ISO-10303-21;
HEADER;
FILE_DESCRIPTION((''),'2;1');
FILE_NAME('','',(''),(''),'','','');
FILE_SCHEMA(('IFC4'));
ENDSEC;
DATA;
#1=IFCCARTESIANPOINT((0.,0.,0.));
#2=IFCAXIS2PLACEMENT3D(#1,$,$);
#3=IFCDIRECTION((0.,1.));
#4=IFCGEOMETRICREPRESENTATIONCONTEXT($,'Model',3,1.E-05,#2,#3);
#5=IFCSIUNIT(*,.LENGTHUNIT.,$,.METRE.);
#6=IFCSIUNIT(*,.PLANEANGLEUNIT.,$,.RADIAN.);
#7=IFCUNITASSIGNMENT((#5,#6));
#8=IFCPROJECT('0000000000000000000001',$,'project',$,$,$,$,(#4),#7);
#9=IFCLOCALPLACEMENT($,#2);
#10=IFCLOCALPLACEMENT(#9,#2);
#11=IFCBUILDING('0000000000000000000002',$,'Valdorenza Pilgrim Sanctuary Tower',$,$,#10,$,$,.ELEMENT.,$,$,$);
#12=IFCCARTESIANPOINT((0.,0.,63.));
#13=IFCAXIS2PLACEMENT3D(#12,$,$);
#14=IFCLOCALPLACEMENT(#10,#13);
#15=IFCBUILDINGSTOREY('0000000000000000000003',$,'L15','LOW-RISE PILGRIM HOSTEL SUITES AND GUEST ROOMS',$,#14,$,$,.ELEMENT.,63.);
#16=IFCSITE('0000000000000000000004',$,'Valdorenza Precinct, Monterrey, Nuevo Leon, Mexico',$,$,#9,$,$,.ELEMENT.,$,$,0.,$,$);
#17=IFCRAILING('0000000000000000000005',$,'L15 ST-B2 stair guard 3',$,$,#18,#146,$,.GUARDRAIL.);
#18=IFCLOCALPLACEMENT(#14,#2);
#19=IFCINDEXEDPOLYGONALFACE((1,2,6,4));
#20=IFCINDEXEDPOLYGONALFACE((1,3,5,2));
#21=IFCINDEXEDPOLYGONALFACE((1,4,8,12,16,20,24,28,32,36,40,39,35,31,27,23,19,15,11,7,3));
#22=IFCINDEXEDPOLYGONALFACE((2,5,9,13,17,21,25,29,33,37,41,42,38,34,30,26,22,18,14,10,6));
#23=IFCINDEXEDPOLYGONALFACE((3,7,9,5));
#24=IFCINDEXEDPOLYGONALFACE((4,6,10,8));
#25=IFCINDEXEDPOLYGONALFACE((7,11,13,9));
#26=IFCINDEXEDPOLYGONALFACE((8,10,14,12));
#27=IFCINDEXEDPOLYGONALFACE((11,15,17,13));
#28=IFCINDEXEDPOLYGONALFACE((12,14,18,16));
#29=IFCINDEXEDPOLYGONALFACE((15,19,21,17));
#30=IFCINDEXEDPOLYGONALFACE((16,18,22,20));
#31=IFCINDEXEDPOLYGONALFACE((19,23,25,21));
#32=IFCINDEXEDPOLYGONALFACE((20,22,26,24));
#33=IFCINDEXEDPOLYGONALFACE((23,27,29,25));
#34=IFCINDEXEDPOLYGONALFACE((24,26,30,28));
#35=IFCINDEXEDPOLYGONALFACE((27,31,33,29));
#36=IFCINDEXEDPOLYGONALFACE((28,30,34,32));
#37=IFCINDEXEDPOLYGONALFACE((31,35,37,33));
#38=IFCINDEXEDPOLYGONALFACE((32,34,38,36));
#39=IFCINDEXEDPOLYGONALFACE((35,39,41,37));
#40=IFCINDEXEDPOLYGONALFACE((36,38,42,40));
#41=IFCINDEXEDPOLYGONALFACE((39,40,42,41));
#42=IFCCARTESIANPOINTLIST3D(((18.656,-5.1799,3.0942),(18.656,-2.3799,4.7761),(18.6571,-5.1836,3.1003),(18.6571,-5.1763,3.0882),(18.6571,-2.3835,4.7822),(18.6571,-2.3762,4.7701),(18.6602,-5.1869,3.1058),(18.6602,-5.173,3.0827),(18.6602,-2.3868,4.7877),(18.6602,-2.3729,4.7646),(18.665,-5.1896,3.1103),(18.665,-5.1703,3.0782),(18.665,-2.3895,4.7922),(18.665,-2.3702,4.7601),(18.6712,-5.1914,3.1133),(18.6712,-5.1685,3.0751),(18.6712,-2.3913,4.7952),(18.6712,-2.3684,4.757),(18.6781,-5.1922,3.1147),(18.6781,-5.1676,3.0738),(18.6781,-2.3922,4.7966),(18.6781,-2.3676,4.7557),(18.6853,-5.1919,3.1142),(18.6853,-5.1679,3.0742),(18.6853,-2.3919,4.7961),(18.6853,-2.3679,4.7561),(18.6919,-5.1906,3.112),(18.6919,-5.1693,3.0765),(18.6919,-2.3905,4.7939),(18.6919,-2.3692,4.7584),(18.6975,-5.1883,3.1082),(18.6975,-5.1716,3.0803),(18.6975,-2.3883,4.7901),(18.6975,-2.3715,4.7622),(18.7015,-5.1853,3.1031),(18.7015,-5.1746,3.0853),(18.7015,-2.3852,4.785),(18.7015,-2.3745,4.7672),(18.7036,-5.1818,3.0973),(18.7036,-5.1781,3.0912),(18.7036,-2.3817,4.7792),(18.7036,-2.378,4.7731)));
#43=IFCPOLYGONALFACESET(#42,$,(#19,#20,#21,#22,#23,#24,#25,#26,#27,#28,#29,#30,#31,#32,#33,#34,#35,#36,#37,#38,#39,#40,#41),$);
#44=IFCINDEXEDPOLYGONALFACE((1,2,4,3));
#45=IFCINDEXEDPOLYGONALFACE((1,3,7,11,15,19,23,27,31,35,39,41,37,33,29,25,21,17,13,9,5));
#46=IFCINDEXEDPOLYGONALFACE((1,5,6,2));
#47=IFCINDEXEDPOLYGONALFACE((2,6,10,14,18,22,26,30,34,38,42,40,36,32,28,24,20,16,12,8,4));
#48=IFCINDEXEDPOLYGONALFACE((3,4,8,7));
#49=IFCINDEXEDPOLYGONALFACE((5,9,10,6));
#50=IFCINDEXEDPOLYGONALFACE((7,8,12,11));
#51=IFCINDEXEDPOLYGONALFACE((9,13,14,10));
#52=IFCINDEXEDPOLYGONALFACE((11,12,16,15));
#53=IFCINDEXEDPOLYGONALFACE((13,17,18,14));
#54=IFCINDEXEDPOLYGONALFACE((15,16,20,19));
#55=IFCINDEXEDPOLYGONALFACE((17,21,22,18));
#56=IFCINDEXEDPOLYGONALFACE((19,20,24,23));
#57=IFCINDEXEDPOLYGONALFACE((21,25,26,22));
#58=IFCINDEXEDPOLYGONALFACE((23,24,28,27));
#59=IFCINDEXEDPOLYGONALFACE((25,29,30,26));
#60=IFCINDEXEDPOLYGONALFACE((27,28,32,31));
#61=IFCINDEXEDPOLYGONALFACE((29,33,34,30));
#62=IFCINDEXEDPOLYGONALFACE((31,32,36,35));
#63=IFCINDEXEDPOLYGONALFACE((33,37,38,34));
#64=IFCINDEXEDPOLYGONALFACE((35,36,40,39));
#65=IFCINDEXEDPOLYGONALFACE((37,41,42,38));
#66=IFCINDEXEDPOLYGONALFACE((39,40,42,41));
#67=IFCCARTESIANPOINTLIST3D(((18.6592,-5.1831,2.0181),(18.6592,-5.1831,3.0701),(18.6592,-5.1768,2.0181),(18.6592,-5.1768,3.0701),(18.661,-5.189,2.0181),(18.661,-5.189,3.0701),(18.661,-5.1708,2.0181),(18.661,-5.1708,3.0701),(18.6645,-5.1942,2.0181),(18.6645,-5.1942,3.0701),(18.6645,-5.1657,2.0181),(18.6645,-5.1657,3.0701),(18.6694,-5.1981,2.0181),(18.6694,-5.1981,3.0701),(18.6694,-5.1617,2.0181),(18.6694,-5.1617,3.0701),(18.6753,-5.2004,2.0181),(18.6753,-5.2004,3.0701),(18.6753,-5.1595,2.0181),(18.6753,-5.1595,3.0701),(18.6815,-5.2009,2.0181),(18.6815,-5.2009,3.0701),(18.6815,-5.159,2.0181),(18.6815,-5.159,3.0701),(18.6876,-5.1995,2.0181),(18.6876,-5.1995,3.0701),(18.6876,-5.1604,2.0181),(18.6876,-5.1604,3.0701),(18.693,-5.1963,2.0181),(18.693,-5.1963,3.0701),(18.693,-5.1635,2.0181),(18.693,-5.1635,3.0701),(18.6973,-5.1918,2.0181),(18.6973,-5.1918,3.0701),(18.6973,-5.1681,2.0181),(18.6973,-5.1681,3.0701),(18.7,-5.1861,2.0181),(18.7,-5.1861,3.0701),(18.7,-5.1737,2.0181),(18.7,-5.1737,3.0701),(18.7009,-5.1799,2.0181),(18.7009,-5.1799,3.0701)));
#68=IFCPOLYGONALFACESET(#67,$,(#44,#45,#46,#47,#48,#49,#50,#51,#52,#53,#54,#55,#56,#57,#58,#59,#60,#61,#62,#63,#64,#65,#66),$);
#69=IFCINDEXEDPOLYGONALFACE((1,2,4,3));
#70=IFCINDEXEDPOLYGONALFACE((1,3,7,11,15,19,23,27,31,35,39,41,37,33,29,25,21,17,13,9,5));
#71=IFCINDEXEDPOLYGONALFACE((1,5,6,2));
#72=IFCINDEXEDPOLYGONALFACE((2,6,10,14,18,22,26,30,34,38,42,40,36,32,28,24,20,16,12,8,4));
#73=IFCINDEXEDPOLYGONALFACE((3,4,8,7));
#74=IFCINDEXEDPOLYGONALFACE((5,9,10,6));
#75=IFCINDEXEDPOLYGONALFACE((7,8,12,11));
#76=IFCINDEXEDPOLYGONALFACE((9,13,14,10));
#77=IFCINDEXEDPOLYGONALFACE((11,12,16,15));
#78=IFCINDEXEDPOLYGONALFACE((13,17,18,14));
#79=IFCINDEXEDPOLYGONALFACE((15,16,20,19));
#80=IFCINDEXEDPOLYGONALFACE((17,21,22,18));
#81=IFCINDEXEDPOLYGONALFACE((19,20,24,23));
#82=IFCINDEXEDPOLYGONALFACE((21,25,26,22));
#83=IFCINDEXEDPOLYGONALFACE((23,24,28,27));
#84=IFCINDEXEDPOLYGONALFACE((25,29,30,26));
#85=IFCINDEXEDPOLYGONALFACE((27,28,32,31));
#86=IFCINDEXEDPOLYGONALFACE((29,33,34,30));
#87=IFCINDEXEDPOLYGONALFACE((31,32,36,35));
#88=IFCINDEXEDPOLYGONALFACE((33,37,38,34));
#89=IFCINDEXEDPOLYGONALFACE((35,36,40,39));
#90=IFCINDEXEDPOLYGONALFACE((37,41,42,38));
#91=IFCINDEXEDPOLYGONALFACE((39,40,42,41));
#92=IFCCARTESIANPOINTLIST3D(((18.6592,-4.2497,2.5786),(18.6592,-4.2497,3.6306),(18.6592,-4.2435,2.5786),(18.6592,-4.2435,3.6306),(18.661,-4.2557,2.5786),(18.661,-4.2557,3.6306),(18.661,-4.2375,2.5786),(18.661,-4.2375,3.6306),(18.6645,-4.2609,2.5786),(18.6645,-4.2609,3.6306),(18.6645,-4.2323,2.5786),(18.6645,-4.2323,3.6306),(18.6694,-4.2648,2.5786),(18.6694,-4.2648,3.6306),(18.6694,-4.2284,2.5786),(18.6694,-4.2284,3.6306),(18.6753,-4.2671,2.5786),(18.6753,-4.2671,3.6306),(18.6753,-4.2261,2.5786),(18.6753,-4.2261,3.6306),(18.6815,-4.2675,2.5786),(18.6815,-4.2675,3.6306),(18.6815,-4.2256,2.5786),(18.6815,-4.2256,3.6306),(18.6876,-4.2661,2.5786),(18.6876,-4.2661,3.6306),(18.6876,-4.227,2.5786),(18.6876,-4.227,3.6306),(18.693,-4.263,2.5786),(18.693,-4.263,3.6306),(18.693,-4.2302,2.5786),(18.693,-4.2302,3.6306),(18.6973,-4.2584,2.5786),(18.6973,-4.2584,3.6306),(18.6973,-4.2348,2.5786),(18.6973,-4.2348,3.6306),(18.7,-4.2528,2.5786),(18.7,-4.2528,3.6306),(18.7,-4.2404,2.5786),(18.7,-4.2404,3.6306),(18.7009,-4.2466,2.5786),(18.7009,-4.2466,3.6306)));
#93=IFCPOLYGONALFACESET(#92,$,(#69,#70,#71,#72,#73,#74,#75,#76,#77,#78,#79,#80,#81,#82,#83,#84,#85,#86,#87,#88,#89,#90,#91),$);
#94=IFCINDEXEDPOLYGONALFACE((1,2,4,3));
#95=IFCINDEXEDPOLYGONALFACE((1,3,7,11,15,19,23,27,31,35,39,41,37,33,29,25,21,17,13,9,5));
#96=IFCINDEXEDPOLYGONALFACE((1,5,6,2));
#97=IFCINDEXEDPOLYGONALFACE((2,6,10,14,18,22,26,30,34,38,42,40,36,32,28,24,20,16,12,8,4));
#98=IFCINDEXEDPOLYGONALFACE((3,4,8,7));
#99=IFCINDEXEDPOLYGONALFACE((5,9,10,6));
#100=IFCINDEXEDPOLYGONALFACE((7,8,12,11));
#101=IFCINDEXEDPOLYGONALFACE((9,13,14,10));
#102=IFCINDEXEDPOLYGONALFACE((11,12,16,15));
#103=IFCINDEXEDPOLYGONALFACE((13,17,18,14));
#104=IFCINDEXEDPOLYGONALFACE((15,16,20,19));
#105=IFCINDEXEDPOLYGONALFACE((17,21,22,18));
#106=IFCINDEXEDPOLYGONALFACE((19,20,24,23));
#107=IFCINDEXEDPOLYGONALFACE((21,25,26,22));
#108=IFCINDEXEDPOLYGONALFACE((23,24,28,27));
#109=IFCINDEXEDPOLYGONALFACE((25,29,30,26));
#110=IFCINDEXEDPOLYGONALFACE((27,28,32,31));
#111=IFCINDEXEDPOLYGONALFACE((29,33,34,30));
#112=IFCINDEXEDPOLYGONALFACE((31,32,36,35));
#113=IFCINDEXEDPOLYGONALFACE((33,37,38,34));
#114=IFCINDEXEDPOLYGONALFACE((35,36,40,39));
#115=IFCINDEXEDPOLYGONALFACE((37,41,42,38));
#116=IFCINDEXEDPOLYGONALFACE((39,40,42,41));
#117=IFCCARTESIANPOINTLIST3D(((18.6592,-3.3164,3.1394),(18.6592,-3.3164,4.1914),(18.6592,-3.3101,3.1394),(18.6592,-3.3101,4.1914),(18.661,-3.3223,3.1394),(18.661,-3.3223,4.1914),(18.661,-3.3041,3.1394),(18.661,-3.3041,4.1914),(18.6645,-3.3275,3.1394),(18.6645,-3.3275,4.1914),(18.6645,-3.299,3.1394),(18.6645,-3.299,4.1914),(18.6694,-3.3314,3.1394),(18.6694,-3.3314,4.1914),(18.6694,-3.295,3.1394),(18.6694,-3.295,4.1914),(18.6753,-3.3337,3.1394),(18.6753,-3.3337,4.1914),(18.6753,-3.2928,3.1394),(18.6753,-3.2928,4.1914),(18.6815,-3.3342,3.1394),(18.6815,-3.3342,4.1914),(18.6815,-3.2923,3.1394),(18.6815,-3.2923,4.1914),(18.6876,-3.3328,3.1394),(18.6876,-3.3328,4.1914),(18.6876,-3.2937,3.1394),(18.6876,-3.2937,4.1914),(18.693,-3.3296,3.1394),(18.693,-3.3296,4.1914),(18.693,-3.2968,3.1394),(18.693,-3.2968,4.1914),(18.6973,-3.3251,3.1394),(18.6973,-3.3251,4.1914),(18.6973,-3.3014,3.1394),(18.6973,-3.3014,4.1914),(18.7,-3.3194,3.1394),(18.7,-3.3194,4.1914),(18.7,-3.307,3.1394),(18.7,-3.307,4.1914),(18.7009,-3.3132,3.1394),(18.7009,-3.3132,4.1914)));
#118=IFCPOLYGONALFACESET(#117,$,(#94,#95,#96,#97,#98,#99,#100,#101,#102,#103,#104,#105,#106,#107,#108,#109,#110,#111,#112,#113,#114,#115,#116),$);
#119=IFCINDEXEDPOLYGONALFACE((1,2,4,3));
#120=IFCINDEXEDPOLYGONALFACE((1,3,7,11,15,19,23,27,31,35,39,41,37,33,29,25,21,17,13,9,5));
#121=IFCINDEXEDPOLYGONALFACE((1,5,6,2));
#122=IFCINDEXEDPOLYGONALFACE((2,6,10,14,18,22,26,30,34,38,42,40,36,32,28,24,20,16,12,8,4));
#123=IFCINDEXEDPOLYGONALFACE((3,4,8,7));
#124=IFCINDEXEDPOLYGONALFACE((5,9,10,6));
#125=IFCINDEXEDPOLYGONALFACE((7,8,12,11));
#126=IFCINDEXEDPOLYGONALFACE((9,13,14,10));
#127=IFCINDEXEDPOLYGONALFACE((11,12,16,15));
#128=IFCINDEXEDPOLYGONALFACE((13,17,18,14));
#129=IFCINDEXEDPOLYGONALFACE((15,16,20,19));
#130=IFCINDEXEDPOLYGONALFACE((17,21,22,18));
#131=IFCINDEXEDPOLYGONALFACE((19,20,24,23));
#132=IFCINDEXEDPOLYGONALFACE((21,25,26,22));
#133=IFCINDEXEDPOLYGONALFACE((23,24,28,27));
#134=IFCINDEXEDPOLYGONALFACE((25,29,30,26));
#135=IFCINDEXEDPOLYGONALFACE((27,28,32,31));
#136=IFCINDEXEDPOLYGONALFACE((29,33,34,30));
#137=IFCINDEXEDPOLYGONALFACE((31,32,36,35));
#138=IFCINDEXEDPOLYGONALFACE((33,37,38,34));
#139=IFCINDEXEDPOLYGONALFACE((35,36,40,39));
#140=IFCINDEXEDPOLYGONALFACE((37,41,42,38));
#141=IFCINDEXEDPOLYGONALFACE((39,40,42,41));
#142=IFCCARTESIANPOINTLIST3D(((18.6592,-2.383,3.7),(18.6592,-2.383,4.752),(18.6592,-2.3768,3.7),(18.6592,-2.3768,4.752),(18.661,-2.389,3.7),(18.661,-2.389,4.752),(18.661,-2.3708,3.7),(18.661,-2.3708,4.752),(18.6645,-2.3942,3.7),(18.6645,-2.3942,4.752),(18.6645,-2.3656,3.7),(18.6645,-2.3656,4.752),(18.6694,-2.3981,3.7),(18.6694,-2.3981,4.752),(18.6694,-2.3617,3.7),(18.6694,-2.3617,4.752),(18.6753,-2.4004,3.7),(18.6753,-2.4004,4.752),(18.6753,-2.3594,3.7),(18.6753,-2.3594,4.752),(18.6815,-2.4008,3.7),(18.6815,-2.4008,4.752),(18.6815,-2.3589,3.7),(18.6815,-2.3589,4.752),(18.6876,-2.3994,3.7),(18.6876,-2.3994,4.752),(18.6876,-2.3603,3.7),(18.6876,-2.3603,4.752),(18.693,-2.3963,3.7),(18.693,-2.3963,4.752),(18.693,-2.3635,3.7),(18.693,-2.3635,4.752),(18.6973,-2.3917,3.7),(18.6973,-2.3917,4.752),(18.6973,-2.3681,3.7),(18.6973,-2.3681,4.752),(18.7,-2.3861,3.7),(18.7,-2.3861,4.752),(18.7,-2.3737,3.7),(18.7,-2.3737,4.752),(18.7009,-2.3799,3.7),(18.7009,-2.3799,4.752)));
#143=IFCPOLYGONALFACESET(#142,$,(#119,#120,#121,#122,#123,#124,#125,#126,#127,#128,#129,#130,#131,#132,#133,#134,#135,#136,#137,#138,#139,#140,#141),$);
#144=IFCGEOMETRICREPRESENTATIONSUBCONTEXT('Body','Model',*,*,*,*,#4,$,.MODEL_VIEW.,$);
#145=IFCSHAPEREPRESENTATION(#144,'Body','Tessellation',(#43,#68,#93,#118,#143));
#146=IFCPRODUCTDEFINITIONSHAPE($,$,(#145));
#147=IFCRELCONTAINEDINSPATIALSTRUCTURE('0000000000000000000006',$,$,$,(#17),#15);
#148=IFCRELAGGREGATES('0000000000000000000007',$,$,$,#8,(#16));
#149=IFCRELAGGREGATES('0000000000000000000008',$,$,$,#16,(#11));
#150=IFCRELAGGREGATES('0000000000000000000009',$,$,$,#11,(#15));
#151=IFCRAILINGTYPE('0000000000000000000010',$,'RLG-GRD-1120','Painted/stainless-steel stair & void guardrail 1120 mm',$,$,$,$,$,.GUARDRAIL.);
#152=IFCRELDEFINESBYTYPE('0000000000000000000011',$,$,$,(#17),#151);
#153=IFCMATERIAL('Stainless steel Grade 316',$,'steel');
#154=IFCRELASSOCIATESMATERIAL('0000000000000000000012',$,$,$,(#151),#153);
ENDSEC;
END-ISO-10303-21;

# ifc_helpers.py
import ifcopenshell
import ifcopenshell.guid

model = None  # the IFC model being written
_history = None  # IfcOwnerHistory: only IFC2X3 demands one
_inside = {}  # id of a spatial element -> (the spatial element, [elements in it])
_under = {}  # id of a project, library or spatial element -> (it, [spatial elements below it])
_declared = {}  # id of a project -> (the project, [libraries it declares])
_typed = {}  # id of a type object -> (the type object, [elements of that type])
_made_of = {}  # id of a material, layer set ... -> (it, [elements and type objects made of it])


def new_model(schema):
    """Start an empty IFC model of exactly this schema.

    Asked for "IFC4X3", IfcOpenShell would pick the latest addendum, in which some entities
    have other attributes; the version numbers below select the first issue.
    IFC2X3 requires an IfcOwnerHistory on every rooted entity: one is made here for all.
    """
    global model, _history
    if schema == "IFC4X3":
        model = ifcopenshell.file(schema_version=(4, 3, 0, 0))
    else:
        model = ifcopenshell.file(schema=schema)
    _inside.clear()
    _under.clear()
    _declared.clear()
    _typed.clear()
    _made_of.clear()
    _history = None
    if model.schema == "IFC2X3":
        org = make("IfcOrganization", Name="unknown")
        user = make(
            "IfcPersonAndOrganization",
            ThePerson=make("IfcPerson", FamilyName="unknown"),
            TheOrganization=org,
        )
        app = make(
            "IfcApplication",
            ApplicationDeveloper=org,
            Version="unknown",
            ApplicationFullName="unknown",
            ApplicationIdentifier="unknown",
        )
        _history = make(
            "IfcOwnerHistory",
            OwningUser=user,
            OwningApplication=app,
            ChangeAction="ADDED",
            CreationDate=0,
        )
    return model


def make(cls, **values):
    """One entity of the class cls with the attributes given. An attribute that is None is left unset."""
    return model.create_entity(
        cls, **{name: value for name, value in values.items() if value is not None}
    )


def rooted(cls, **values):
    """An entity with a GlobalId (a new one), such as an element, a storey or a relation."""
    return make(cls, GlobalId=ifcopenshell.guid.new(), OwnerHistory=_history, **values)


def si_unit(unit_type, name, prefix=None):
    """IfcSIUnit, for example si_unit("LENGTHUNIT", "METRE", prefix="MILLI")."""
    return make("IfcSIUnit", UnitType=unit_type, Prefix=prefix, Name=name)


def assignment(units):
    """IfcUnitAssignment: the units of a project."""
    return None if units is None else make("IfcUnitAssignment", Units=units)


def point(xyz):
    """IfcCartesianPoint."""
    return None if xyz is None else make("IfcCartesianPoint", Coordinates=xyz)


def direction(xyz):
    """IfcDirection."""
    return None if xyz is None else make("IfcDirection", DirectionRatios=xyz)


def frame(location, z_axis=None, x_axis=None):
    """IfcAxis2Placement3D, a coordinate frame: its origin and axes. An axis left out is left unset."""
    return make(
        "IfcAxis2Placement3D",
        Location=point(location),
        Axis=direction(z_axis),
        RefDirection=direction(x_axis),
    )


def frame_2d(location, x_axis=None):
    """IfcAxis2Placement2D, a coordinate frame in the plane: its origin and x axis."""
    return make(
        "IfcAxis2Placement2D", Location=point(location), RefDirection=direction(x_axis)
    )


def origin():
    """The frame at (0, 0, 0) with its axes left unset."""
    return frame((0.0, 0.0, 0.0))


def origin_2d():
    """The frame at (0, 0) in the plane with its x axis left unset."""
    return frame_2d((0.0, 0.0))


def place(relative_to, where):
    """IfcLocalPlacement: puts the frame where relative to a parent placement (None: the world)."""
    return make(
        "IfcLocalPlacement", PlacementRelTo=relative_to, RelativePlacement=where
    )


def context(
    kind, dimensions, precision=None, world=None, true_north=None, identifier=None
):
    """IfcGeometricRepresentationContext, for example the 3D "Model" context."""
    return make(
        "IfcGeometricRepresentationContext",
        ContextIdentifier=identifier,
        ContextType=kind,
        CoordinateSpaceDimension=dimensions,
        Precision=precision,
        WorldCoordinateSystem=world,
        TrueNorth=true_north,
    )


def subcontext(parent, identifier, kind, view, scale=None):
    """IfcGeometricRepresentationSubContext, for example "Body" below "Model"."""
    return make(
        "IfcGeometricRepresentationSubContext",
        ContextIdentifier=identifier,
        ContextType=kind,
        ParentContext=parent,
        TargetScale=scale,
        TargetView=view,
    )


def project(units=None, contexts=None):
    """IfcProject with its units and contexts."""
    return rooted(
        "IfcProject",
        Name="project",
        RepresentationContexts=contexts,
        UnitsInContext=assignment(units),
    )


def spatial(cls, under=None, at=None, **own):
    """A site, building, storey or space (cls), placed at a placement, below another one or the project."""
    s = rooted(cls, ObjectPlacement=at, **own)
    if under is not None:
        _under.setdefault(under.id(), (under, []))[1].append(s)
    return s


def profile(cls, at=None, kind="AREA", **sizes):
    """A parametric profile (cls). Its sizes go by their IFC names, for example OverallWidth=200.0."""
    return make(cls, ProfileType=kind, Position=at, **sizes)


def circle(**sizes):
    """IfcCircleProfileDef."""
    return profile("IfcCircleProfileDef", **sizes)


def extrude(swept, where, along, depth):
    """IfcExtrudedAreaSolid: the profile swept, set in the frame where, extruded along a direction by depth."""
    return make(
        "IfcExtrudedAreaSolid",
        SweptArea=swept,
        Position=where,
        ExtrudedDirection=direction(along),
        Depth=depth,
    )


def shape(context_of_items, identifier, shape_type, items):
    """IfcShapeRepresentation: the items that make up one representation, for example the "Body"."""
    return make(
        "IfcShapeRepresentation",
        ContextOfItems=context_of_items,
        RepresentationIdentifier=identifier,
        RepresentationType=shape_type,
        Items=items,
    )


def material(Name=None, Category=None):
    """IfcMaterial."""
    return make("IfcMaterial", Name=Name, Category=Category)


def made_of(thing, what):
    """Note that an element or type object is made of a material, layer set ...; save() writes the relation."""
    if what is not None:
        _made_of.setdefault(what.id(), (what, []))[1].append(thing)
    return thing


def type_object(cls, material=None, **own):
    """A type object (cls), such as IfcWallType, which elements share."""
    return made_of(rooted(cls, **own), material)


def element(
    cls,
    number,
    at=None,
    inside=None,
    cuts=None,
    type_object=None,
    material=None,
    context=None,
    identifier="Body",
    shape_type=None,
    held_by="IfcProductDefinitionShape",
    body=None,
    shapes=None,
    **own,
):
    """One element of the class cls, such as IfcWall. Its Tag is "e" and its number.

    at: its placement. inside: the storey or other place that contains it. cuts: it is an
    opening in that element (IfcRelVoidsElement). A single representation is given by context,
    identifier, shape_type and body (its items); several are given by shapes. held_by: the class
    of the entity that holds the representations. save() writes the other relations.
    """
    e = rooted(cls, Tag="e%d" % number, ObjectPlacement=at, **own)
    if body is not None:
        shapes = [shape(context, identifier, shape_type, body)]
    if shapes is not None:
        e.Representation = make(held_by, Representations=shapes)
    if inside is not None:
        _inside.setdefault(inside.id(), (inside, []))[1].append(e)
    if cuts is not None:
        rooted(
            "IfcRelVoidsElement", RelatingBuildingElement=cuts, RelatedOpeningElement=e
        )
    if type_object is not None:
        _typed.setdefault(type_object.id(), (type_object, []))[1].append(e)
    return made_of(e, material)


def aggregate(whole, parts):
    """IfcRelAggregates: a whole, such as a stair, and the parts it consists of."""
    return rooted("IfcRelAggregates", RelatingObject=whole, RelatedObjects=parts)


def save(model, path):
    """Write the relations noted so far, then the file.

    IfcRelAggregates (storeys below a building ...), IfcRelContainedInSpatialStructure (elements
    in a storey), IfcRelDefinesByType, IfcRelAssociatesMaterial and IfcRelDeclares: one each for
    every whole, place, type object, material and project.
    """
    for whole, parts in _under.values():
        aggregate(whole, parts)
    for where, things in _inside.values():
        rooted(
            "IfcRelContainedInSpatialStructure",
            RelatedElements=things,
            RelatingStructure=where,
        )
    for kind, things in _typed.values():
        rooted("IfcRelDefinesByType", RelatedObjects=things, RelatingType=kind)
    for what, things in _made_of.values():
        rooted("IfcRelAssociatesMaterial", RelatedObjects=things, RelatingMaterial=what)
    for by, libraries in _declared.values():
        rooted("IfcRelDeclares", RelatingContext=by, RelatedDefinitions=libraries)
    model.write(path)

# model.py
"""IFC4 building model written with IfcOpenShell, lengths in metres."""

from ifc_helpers import new_model, si_unit, direction, frame, origin, origin_2d, place, context, subcontext, project, spatial, circle, extrude, material, type_object, element, save


model = new_model("IFC4")

# Units and contexts
model_context = context("Model", 3, precision=1e-05, world=origin(), true_north=direction((0.0, 1.0)))
body_context = subcontext(model_context, "Body", "Model", "MODEL_VIEW")
ifc_project = project(units=[si_unit("LENGTHUNIT", "METRE"), si_unit("PLANEANGLEUNIT", "RADIAN")], contexts=[model_context])

# Site, building, storey
site_placement = place(None, origin())
site = spatial("IfcSite", under=ifc_project, at=site_placement, Name="Valdorenza Precinct, Monterrey, Nuevo Leon, Mexico", CompositionType="ELEMENT", RefElevation=0.0)
building_placement = place(site_placement, origin())
building = spatial("IfcBuilding", under=site, at=building_placement, Name="Valdorenza Pilgrim Sanctuary Tower", CompositionType="ELEMENT")
storey_placement = place(building_placement, frame((0.0, 0.0, 63.0)))
storey = spatial("IfcBuildingStorey", under=building, at=storey_placement, Name="L15", Description="LOW-RISE PILGRIM HOSTEL SUITES AND GUEST ROOMS", CompositionType="ELEMENT", Elevation=63.0)

# Railing
ifc_material_1 = material(Name="Stainless steel Grade 316", Category="steel")
railing_type_1 = type_object("IfcRailingType", Name="RLG-GRD-1120", Description="Painted/stainless-steel stair & void guardrail 1120 mm", PredefinedType="GUARDRAIL", material=ifc_material_1)
railing_1_placement = place(storey_placement, frame((18.6799, -5.1799, 2.0181)))
element("IfcRailing", 1, at=railing_1_placement, inside=storey, type_object=railing_type_1, Name="L15 ST-B2 stair guard 3", PredefinedType="GUARDRAIL", context=body_context, shape_type="SweptSolid", body=[
    extrude(circle(Radius=0.0239, at=origin_2d()), frame((0.0, 0.0, 1.0762), z_axis=(0.0, 0.857242, 0.514913), x_axis=(-1.0, 0.0, 0.0)), (0.0, 0.0, 1.0), 3.2664),
    extrude(circle(Radius=0.021, at=origin_2d()), origin(), (0.0, 0.0, 1.0), 1.052),
    extrude(circle(Radius=0.021, at=origin_2d()), frame((0.0, 0.9333, 0.5605)), (0.0, 0.0, 1.0), 1.052),
    extrude(circle(Radius=0.021, at=origin_2d()), frame((0.0, 1.8667, 1.1213)), (0.0, 0.0, 1.0), 1.052),
    extrude(circle(Radius=0.021, at=origin_2d()), frame((0.0, 2.8, 1.6819)), (0.0, 0.0, 1.0), 1.052),
])

save(model, "model.ifc")
